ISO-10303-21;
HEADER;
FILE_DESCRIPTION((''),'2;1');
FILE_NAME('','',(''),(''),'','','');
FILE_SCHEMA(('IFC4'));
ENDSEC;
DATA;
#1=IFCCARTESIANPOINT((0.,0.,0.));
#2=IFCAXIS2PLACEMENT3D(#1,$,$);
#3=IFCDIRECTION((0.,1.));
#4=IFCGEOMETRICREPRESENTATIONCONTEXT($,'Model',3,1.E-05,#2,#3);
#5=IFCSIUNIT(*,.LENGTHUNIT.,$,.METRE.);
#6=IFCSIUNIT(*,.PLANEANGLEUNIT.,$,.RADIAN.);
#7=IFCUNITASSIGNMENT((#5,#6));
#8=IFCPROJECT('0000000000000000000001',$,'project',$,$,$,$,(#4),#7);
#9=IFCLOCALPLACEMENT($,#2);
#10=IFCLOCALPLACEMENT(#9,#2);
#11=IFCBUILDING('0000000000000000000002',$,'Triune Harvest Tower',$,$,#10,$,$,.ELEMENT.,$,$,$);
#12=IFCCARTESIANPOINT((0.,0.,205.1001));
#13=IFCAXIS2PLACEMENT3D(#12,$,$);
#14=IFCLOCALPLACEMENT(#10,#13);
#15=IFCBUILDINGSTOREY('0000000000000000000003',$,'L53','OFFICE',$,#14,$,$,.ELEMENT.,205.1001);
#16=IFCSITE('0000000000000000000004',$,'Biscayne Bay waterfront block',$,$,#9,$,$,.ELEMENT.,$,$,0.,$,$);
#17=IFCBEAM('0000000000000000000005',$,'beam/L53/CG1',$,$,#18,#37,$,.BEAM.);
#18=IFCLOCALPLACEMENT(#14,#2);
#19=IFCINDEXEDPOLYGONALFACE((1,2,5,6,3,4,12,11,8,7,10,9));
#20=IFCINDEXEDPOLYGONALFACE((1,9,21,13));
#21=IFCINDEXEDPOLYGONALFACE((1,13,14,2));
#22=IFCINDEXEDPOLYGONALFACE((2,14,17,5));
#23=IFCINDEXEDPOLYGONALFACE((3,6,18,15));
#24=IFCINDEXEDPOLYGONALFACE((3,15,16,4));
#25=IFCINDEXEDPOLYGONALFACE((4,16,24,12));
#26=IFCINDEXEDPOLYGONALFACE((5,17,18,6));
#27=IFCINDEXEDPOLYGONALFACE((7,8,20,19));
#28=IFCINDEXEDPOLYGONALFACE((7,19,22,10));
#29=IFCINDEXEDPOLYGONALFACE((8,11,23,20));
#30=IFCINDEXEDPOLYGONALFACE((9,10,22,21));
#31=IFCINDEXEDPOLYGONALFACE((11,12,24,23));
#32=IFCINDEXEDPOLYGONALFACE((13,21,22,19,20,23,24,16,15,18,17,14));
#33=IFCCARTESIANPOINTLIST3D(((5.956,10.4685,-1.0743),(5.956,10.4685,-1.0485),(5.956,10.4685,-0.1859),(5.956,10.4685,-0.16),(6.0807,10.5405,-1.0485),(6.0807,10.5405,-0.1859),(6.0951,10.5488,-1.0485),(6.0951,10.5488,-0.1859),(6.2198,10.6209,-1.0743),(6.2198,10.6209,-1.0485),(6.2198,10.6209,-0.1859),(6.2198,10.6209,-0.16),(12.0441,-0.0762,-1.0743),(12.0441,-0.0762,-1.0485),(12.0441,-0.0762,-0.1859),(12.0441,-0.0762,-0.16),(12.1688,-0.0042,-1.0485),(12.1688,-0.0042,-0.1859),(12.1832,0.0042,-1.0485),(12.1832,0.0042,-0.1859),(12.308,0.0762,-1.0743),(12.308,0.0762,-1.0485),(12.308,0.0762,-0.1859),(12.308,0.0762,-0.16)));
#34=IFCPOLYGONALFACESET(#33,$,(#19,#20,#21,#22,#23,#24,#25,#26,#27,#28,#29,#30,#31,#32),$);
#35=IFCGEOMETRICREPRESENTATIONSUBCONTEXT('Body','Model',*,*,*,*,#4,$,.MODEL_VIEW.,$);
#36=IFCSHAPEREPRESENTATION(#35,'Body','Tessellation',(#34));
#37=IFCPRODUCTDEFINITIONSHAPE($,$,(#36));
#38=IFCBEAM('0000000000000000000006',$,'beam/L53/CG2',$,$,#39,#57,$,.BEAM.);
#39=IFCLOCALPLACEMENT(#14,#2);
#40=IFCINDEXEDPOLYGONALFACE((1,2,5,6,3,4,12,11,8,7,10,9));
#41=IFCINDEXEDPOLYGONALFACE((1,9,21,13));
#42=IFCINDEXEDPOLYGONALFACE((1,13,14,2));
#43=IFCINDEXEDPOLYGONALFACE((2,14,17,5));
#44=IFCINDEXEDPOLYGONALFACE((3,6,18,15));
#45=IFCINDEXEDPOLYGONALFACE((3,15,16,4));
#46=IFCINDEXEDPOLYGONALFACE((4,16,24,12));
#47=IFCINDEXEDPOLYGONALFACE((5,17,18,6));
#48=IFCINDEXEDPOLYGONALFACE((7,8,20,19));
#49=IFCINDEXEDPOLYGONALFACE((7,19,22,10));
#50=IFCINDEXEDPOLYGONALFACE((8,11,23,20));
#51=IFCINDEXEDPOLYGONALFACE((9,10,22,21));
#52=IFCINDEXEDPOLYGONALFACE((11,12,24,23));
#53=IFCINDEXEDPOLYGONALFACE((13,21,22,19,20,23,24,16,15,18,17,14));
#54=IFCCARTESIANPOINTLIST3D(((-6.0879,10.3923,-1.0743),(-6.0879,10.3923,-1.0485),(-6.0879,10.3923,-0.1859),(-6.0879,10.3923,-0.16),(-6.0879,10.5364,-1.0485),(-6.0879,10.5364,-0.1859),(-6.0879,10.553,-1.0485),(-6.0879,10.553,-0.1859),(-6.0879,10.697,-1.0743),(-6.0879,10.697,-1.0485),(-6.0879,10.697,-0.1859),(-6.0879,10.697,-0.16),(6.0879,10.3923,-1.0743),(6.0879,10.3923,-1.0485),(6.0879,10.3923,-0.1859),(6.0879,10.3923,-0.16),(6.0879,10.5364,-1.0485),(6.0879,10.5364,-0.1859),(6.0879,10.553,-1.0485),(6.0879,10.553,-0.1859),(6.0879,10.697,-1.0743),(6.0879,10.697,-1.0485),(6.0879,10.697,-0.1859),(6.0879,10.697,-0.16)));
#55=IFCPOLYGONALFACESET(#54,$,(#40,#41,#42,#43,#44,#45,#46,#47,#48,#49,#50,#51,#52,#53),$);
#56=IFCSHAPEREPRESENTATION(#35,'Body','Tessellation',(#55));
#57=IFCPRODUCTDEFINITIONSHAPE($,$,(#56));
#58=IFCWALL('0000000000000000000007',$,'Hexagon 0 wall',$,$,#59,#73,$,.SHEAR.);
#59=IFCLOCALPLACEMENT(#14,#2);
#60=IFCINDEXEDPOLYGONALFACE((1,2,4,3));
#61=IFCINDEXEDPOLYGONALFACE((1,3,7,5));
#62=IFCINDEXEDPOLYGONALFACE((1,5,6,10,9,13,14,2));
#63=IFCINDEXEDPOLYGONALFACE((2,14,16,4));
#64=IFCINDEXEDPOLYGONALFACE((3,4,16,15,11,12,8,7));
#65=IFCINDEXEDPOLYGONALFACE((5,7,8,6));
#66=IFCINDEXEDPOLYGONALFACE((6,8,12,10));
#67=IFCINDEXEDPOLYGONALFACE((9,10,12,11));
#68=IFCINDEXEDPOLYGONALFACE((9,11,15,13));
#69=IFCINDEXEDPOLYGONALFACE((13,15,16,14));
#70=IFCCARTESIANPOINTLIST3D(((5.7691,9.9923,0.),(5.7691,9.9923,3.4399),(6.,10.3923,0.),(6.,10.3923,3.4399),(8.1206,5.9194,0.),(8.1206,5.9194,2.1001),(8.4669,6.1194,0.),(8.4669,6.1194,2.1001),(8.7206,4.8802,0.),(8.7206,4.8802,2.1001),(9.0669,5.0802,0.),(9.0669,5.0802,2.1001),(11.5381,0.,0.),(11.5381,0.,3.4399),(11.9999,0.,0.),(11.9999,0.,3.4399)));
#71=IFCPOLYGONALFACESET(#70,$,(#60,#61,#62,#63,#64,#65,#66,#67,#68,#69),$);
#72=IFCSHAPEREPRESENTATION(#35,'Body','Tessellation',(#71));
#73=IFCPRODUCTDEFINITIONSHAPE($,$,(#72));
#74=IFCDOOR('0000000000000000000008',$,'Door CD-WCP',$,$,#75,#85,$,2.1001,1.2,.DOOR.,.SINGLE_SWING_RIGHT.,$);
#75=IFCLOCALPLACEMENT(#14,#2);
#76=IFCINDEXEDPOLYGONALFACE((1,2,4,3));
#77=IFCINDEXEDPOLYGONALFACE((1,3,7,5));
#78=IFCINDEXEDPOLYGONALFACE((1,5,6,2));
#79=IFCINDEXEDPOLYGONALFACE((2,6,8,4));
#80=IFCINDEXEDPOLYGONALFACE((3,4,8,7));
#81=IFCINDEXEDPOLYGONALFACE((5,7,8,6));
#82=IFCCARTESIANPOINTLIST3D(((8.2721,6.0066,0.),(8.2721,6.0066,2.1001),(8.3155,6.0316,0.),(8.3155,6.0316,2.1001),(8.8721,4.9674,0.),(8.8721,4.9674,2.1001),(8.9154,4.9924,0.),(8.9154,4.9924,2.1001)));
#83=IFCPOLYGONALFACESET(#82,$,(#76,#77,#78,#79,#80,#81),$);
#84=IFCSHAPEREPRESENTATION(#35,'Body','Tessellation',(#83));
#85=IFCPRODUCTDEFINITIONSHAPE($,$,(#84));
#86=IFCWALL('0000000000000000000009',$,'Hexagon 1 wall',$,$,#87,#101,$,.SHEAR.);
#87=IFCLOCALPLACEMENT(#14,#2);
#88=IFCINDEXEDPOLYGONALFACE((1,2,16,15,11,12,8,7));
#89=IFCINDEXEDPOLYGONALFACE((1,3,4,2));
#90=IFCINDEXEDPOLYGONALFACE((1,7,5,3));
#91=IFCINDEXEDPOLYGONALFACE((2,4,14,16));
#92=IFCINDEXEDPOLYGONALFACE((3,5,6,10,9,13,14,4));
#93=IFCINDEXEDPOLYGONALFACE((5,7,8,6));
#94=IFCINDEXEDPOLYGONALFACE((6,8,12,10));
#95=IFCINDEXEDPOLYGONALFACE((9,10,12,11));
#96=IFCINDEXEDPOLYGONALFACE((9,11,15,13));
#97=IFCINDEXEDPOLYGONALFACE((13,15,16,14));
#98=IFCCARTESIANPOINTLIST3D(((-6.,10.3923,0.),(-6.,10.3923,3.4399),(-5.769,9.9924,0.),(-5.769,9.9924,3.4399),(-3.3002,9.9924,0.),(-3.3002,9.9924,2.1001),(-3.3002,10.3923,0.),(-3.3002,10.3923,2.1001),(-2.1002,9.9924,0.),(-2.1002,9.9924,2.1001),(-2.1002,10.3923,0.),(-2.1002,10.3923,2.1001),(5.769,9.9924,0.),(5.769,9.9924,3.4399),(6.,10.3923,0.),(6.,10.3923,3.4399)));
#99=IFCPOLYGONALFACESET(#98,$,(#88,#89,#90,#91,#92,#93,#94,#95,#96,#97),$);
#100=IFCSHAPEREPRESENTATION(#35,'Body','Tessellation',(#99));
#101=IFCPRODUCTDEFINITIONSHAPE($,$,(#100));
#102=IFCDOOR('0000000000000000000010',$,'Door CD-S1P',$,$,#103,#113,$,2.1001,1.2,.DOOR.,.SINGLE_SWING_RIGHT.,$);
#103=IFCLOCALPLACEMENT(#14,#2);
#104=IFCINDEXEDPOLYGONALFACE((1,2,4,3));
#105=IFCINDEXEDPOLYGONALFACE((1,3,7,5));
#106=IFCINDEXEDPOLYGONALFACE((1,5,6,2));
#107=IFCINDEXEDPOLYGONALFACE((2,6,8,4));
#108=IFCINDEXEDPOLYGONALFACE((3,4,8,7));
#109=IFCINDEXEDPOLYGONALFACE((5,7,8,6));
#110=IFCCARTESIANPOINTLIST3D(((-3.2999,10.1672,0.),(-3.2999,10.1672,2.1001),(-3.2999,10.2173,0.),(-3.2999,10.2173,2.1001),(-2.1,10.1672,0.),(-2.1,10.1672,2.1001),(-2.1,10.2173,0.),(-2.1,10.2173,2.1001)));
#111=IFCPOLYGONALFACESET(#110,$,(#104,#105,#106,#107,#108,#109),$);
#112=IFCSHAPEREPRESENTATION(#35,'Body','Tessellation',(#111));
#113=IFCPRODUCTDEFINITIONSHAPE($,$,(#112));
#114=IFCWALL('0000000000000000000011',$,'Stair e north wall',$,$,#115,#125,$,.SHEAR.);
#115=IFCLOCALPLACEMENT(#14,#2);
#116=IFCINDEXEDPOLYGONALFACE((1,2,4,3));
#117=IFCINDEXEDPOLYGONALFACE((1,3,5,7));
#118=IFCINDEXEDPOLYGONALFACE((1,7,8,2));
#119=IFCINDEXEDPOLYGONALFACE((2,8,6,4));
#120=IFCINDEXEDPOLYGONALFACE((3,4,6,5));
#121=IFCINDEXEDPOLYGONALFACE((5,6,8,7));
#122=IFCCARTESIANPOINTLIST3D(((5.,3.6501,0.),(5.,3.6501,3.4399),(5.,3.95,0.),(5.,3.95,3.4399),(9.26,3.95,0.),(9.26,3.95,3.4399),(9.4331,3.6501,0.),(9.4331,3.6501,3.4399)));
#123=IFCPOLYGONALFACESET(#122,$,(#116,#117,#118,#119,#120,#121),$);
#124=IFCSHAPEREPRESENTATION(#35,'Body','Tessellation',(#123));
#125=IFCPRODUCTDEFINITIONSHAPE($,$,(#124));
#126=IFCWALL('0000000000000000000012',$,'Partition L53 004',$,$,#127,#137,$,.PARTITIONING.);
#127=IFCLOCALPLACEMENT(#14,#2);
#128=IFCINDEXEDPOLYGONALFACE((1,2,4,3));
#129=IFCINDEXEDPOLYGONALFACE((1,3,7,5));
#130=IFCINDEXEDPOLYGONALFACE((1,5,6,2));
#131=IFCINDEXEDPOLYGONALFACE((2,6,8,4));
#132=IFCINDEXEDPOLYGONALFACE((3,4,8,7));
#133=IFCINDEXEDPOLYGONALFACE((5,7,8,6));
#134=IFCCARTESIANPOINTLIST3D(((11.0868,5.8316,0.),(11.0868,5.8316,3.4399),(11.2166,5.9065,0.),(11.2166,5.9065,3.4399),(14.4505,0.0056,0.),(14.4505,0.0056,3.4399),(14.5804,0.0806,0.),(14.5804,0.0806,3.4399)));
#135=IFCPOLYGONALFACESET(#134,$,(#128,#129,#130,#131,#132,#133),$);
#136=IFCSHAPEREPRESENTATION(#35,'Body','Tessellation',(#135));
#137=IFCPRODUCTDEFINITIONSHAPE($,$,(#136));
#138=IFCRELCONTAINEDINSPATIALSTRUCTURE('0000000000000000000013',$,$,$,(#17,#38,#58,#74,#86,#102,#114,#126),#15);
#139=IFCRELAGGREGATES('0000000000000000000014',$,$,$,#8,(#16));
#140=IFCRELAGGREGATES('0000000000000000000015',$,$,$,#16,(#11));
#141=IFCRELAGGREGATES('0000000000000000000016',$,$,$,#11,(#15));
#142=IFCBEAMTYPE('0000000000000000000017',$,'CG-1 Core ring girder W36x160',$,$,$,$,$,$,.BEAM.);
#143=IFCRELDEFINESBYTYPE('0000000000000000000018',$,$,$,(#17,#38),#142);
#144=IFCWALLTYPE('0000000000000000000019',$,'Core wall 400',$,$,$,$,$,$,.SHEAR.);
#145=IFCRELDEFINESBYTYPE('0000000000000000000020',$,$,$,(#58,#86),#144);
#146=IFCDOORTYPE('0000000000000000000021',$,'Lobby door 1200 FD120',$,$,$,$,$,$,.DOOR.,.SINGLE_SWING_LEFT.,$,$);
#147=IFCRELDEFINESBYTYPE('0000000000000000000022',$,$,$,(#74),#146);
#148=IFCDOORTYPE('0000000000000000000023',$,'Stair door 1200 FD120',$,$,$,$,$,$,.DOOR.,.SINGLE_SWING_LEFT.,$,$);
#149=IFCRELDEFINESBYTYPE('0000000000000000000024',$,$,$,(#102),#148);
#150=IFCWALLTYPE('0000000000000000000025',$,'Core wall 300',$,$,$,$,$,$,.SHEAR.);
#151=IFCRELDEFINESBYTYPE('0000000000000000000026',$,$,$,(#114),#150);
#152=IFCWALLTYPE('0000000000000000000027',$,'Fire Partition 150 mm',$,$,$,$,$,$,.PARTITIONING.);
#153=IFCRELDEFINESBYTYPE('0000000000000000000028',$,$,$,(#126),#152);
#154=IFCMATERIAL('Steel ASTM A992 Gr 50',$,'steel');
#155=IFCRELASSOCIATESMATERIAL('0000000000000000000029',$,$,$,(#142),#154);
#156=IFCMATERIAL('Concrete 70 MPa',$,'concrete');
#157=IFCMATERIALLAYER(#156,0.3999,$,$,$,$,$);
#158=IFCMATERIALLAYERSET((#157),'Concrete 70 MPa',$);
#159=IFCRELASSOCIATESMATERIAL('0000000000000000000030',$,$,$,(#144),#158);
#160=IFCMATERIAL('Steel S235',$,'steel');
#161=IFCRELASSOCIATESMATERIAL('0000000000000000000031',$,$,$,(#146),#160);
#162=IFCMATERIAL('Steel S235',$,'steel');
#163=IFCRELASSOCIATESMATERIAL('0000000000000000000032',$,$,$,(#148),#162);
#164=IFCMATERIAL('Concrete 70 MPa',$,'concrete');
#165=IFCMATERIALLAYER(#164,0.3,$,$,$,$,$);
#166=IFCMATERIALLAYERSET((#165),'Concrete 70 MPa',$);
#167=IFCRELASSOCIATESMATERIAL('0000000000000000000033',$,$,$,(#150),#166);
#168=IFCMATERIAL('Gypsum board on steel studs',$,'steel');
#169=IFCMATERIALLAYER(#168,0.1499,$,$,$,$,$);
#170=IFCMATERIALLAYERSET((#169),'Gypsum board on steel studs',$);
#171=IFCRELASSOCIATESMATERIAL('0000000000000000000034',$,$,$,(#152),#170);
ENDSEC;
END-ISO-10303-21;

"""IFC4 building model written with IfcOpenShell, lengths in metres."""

from ifc_helpers import new_model, si_unit, direction, frame, frame_2d, origin, origin_2d, place, context, subcontext, project, spatial, polyline, rectangle, i_section, outline, extrude, source, transform, mapped, material, layer, layer_set, material_profile, profile_set, type_object, element, fill, save


model = new_model("IFC4")

# Units and contexts
model_context = context("Model", 3, precision=1e-05, world=origin(), true_north=direction((0.0, 1.0)))
body_context = subcontext(model_context, "Body", "Model", "MODEL_VIEW")
ifc_project = project(units=[si_unit("LENGTHUNIT", "METRE"), si_unit("PLANEANGLEUNIT", "RADIAN")], contexts=[model_context])

# Site, building, storey
site_placement = place(None, origin())
site = spatial("IfcSite", under=ifc_project, at=site_placement, Name="Biscayne Bay waterfront block", CompositionType="ELEMENT", RefElevation=0.0)
building_placement = place(site_placement, origin())
building = spatial("IfcBuilding", under=site, at=building_placement, Name="Triune Harvest Tower", CompositionType="ELEMENT")
storey_placement = place(building_placement, frame((0.0, 0.0, 205.1001)))
storey = spatial("IfcBuildingStorey", under=building, at=storey_placement, Name="L53", Description="OFFICE", CompositionType="ELEMENT", Elevation=205.1001)

# Beams
ifc_material_1 = material(Name="Steel ASTM A992 Gr 50", Category="steel")
ifc_material_profile = material_profile(ifc_material_1, i_section(OverallWidth=0.3047, OverallDepth=0.9143, WebThickness=0.0166, FlangeThickness=0.0259, at=origin_2d()), Name="W36x160")
ifc_profile_set = profile_set([ifc_material_profile], Name="Steel ASTM A992 Gr 50")
beam_type = type_object("IfcBeamType", Name="CG-1 Core ring girder W36x160", PredefinedType="BEAM", material=ifc_profile_set)
shared_shape_1 = source(origin(), body_context, "Body", "SweptSolid", [
    extrude(i_section(OverallWidth=0.3047, OverallDepth=0.9143, WebThickness=0.0166, FlangeThickness=0.0259, at=origin_2d()), origin(), (0.0, 0.0, 1.0), 12.176),
])
beam_1_placement = place(storey_placement, frame((12.176, 0.0, -0.6172), z_axis=(-0.50001, 0.86602, 0.0), x_axis=(-0.86602, -0.50001, 0.0)))
element("IfcBeam", 1, at=beam_1_placement, inside=storey, type_object=beam_type, Name="beam/L53/CG1", PredefinedType="BEAM", context=body_context, shape_type="MappedRepresentation", body=[
    mapped(shared_shape_1, transform((0.0, 0.0, 0.0), scale=1.0)),
])
shared_shape_2 = source(origin(), body_context, "Body", "SweptSolid", [
    extrude(i_section(OverallWidth=0.3047, OverallDepth=0.9143, WebThickness=0.0166, FlangeThickness=0.0259, at=origin_2d()), origin(), (0.0, 0.0, 1.0), 12.1758),
])
beam_2_placement = place(storey_placement, frame((6.0879, 10.5447, -0.6172), z_axis=(-1.0, 0.0, 0.0), x_axis=(0.0, -1.0, 0.0)))
element("IfcBeam", 2, at=beam_2_placement, inside=storey, type_object=beam_type, Name="beam/L53/CG2", PredefinedType="BEAM", context=body_context, shape_type="MappedRepresentation", body=[
    mapped(shared_shape_2, transform((0.0, 0.0, 0.0), scale=1.0)),
])

# Walls, openings, doors
ifc_material_2 = material(Name="Concrete 70 MPa", Category="concrete")
ifc_layer_1 = layer(ifc_material_2, 0.3999)
ifc_layer_set_1 = layer_set([ifc_layer_1], Name="Concrete 70 MPa")
wall_type_1 = type_object("IfcWallType", Name="Core wall 400", PredefinedType="SHEAR", material=ifc_layer_set_1)
shared_shape_3 = source(origin(), body_context, "Body", "SweptSolid", [
    extrude(outline(polyline([(-0.1155, -0.2), (11.8845, -0.2), (11.6536, 0.2), (0.1155, 0.2), (-0.1155, -0.2)])), origin(), (0.0, 0.0, 1.0), 3.4399),
])
wall_1_placement = place(storey_placement, frame((11.769, 0.0, 0.0), z_axis=(0.0, 0.0, 1.0), x_axis=(-0.499997, 0.866027, 0.0)))
wall_1 = element("IfcWall", 3, at=wall_1_placement, inside=storey, type_object=wall_type_1, Name="Hexagon 0 wall", PredefinedType="SHEAR", context=body_context, shape_type="MappedRepresentation", body=[
    mapped(shared_shape_3, transform((0.0, 0.0, 0.0), scale=1.0)),
])
opening_1_placement = place(wall_1_placement, frame((5.7505, 0.0, 0.0)))
opening_1 = element("IfcOpeningElement", 4, at=opening_1_placement, cuts=wall_1, PredefinedType="OPENING", context=body_context, shape_type="SweptSolid", body=[
    extrude(rectangle(XDim=1.2, YDim=2.1001, at=frame_2d((0.6001, 1.05))), frame((0.0, 0.21, 0.0), z_axis=(0.0, -1.0, 0.0), x_axis=(1.0, 0.0, 0.0)), (0.0, 0.0, 1.0), 0.4199),
])
ifc_material_3 = material(Name="Steel S235", Category="steel")
door_type_1 = type_object("IfcDoorType", Name="Lobby door 1200 FD120", OperationType="SINGLE_SWING_LEFT", PredefinedType="DOOR", material=ifc_material_3)
door_1_placement = place(opening_1_placement, frame((1.2, 0.0, 0.0), z_axis=(0.0, 0.0, 1.0), x_axis=(-1.0, 0.0, 0.0)))
door_1 = element("IfcDoor", 5, at=door_1_placement, inside=storey, type_object=door_type_1, Name="Door CD-WCP", OperationType="SINGLE_SWING_RIGHT", OverallHeight=2.1001, OverallWidth=1.2, PredefinedType="DOOR", context=body_context, shape_type="SweptSolid", body=[
    extrude(rectangle(XDim=1.2, YDim=2.1001, at=frame_2d((0.6001, 1.05))), frame((0.0, 0.0249, 0.0), z_axis=(0.0, -1.0, 0.0), x_axis=(1.0, 0.0, 0.0)), (0.0, 0.0, 1.0), 0.05),
])
fill(opening_1, door_1)
wall_2_placement = place(storey_placement, frame((5.8845, 10.1924, 0.0), z_axis=(0.0, 0.0, 1.0), x_axis=(-1.0, 0.0, 0.0)))
wall_2 = element("IfcWall", 6, at=wall_2_placement, inside=storey, type_object=wall_type_1, Name="Hexagon 1 wall", PredefinedType="SHEAR", context=body_context, shape_type="MappedRepresentation", body=[
    mapped(shared_shape_3, transform((0.0, 0.0, 0.0), scale=1.0)),
])
opening_2_placement = place(wall_2_placement, frame((7.9846, 0.0, 0.0)))
opening_2 = element("IfcOpeningElement", 7, at=opening_2_placement, cuts=wall_2, PredefinedType="OPENING", context=body_context, shape_type="SweptSolid", body=[
    extrude(rectangle(XDim=1.2, YDim=2.1001, at=frame_2d((0.6001, 1.05))), frame((0.0, 0.21, 0.0), z_axis=(0.0, -1.0, 0.0), x_axis=(1.0, 0.0, 0.0)), (0.0, 0.0, 1.0), 0.4199),
])
ifc_material_4 = material(Name="Steel S235", Category="steel")
door_type_2 = type_object("IfcDoorType", Name="Stair door 1200 FD120", OperationType="SINGLE_SWING_LEFT", PredefinedType="DOOR", material=ifc_material_4)
door_2_placement = place(opening_2_placement, frame((1.2, 0.0, 0.0), z_axis=(0.0, 0.0, 1.0), x_axis=(-1.0, 0.0, 0.0)))
door_2 = element("IfcDoor", 8, at=door_2_placement, inside=storey, type_object=door_type_2, Name="Door CD-S1P", OperationType="SINGLE_SWING_RIGHT", OverallHeight=2.1001, OverallWidth=1.2, PredefinedType="DOOR", context=body_context, shape_type="SweptSolid", body=[
    extrude(rectangle(XDim=1.2, YDim=2.1001, at=frame_2d((0.6001, 1.05))), frame((0.0, 0.0249, 0.0), z_axis=(0.0, -1.0, 0.0), x_axis=(1.0, 0.0, 0.0)), (0.0, 0.0, 1.0), 0.05),
])
fill(opening_2, door_2)

# Walls
ifc_material_5 = material(Name="Concrete 70 MPa", Category="concrete")
ifc_layer_2 = layer(ifc_material_5, 0.3)
ifc_layer_set_2 = layer_set([ifc_layer_2], Name="Concrete 70 MPa")
wall_type_2 = type_object("IfcWallType", Name="Core wall 300", PredefinedType="SHEAR", material=ifc_layer_set_2)
shared_shape_4 = source(origin(), body_context, "Body", "SweptSolid", [
    extrude(outline(polyline([(0.0, -0.1499), (0.0, 0.1499), (4.26, 0.1499), (4.4331, -0.1499), (0.0, -0.1499)])), origin(), (0.0, 0.0, 1.0), 3.4399),
])
wall_3_placement = place(storey_placement, frame((5.0, 3.8, 0.0), z_axis=(0.0, 0.0, 1.0), x_axis=(1.0, 0.0, 0.0)))
element("IfcWall", 9, at=wall_3_placement, inside=storey, type_object=wall_type_2, Name="Stair e north wall", PredefinedType="SHEAR", context=body_context, shape_type="MappedRepresentation", body=[
    mapped(shared_shape_4, transform((0.0, 0.0, 0.0), scale=1.0)),
])
ifc_material_6 = material(Name="Gypsum board on steel studs", Category="steel")
ifc_layer_3 = layer(ifc_material_6, 0.1499)
ifc_layer_set_3 = layer_set([ifc_layer_3], Name="Gypsum board on steel studs")
wall_type_3 = type_object("IfcWallType", Name="Fire Partition 150 mm", PredefinedType="PARTITIONING", material=ifc_layer_set_3)
shared_shape_5 = source(origin(), body_context, "Body", "SweptSolid", [
    extrude(rectangle(XDim=6.7273, YDim=0.1499, at=frame_2d((3.3638, 0.0))), origin(), (0.0, 0.0, 1.0), 3.4399),
])
wall_4_placement = place(storey_placement, frame((11.1516, 5.8691, 0.0), z_axis=(0.0, 0.0, 1.0), x_axis=(0.500019, -0.866015, 0.0)))
element("IfcWall", 10, at=wall_4_placement, inside=storey, type_object=wall_type_3, Name="Partition L53 004", PredefinedType="PARTITIONING", context=body_context, shape_type="MappedRepresentation", body=[
    mapped(shared_shape_5, transform((0.0, 0.0, 0.0), scale=1.0)),
])

save(model, "model.ifc")
